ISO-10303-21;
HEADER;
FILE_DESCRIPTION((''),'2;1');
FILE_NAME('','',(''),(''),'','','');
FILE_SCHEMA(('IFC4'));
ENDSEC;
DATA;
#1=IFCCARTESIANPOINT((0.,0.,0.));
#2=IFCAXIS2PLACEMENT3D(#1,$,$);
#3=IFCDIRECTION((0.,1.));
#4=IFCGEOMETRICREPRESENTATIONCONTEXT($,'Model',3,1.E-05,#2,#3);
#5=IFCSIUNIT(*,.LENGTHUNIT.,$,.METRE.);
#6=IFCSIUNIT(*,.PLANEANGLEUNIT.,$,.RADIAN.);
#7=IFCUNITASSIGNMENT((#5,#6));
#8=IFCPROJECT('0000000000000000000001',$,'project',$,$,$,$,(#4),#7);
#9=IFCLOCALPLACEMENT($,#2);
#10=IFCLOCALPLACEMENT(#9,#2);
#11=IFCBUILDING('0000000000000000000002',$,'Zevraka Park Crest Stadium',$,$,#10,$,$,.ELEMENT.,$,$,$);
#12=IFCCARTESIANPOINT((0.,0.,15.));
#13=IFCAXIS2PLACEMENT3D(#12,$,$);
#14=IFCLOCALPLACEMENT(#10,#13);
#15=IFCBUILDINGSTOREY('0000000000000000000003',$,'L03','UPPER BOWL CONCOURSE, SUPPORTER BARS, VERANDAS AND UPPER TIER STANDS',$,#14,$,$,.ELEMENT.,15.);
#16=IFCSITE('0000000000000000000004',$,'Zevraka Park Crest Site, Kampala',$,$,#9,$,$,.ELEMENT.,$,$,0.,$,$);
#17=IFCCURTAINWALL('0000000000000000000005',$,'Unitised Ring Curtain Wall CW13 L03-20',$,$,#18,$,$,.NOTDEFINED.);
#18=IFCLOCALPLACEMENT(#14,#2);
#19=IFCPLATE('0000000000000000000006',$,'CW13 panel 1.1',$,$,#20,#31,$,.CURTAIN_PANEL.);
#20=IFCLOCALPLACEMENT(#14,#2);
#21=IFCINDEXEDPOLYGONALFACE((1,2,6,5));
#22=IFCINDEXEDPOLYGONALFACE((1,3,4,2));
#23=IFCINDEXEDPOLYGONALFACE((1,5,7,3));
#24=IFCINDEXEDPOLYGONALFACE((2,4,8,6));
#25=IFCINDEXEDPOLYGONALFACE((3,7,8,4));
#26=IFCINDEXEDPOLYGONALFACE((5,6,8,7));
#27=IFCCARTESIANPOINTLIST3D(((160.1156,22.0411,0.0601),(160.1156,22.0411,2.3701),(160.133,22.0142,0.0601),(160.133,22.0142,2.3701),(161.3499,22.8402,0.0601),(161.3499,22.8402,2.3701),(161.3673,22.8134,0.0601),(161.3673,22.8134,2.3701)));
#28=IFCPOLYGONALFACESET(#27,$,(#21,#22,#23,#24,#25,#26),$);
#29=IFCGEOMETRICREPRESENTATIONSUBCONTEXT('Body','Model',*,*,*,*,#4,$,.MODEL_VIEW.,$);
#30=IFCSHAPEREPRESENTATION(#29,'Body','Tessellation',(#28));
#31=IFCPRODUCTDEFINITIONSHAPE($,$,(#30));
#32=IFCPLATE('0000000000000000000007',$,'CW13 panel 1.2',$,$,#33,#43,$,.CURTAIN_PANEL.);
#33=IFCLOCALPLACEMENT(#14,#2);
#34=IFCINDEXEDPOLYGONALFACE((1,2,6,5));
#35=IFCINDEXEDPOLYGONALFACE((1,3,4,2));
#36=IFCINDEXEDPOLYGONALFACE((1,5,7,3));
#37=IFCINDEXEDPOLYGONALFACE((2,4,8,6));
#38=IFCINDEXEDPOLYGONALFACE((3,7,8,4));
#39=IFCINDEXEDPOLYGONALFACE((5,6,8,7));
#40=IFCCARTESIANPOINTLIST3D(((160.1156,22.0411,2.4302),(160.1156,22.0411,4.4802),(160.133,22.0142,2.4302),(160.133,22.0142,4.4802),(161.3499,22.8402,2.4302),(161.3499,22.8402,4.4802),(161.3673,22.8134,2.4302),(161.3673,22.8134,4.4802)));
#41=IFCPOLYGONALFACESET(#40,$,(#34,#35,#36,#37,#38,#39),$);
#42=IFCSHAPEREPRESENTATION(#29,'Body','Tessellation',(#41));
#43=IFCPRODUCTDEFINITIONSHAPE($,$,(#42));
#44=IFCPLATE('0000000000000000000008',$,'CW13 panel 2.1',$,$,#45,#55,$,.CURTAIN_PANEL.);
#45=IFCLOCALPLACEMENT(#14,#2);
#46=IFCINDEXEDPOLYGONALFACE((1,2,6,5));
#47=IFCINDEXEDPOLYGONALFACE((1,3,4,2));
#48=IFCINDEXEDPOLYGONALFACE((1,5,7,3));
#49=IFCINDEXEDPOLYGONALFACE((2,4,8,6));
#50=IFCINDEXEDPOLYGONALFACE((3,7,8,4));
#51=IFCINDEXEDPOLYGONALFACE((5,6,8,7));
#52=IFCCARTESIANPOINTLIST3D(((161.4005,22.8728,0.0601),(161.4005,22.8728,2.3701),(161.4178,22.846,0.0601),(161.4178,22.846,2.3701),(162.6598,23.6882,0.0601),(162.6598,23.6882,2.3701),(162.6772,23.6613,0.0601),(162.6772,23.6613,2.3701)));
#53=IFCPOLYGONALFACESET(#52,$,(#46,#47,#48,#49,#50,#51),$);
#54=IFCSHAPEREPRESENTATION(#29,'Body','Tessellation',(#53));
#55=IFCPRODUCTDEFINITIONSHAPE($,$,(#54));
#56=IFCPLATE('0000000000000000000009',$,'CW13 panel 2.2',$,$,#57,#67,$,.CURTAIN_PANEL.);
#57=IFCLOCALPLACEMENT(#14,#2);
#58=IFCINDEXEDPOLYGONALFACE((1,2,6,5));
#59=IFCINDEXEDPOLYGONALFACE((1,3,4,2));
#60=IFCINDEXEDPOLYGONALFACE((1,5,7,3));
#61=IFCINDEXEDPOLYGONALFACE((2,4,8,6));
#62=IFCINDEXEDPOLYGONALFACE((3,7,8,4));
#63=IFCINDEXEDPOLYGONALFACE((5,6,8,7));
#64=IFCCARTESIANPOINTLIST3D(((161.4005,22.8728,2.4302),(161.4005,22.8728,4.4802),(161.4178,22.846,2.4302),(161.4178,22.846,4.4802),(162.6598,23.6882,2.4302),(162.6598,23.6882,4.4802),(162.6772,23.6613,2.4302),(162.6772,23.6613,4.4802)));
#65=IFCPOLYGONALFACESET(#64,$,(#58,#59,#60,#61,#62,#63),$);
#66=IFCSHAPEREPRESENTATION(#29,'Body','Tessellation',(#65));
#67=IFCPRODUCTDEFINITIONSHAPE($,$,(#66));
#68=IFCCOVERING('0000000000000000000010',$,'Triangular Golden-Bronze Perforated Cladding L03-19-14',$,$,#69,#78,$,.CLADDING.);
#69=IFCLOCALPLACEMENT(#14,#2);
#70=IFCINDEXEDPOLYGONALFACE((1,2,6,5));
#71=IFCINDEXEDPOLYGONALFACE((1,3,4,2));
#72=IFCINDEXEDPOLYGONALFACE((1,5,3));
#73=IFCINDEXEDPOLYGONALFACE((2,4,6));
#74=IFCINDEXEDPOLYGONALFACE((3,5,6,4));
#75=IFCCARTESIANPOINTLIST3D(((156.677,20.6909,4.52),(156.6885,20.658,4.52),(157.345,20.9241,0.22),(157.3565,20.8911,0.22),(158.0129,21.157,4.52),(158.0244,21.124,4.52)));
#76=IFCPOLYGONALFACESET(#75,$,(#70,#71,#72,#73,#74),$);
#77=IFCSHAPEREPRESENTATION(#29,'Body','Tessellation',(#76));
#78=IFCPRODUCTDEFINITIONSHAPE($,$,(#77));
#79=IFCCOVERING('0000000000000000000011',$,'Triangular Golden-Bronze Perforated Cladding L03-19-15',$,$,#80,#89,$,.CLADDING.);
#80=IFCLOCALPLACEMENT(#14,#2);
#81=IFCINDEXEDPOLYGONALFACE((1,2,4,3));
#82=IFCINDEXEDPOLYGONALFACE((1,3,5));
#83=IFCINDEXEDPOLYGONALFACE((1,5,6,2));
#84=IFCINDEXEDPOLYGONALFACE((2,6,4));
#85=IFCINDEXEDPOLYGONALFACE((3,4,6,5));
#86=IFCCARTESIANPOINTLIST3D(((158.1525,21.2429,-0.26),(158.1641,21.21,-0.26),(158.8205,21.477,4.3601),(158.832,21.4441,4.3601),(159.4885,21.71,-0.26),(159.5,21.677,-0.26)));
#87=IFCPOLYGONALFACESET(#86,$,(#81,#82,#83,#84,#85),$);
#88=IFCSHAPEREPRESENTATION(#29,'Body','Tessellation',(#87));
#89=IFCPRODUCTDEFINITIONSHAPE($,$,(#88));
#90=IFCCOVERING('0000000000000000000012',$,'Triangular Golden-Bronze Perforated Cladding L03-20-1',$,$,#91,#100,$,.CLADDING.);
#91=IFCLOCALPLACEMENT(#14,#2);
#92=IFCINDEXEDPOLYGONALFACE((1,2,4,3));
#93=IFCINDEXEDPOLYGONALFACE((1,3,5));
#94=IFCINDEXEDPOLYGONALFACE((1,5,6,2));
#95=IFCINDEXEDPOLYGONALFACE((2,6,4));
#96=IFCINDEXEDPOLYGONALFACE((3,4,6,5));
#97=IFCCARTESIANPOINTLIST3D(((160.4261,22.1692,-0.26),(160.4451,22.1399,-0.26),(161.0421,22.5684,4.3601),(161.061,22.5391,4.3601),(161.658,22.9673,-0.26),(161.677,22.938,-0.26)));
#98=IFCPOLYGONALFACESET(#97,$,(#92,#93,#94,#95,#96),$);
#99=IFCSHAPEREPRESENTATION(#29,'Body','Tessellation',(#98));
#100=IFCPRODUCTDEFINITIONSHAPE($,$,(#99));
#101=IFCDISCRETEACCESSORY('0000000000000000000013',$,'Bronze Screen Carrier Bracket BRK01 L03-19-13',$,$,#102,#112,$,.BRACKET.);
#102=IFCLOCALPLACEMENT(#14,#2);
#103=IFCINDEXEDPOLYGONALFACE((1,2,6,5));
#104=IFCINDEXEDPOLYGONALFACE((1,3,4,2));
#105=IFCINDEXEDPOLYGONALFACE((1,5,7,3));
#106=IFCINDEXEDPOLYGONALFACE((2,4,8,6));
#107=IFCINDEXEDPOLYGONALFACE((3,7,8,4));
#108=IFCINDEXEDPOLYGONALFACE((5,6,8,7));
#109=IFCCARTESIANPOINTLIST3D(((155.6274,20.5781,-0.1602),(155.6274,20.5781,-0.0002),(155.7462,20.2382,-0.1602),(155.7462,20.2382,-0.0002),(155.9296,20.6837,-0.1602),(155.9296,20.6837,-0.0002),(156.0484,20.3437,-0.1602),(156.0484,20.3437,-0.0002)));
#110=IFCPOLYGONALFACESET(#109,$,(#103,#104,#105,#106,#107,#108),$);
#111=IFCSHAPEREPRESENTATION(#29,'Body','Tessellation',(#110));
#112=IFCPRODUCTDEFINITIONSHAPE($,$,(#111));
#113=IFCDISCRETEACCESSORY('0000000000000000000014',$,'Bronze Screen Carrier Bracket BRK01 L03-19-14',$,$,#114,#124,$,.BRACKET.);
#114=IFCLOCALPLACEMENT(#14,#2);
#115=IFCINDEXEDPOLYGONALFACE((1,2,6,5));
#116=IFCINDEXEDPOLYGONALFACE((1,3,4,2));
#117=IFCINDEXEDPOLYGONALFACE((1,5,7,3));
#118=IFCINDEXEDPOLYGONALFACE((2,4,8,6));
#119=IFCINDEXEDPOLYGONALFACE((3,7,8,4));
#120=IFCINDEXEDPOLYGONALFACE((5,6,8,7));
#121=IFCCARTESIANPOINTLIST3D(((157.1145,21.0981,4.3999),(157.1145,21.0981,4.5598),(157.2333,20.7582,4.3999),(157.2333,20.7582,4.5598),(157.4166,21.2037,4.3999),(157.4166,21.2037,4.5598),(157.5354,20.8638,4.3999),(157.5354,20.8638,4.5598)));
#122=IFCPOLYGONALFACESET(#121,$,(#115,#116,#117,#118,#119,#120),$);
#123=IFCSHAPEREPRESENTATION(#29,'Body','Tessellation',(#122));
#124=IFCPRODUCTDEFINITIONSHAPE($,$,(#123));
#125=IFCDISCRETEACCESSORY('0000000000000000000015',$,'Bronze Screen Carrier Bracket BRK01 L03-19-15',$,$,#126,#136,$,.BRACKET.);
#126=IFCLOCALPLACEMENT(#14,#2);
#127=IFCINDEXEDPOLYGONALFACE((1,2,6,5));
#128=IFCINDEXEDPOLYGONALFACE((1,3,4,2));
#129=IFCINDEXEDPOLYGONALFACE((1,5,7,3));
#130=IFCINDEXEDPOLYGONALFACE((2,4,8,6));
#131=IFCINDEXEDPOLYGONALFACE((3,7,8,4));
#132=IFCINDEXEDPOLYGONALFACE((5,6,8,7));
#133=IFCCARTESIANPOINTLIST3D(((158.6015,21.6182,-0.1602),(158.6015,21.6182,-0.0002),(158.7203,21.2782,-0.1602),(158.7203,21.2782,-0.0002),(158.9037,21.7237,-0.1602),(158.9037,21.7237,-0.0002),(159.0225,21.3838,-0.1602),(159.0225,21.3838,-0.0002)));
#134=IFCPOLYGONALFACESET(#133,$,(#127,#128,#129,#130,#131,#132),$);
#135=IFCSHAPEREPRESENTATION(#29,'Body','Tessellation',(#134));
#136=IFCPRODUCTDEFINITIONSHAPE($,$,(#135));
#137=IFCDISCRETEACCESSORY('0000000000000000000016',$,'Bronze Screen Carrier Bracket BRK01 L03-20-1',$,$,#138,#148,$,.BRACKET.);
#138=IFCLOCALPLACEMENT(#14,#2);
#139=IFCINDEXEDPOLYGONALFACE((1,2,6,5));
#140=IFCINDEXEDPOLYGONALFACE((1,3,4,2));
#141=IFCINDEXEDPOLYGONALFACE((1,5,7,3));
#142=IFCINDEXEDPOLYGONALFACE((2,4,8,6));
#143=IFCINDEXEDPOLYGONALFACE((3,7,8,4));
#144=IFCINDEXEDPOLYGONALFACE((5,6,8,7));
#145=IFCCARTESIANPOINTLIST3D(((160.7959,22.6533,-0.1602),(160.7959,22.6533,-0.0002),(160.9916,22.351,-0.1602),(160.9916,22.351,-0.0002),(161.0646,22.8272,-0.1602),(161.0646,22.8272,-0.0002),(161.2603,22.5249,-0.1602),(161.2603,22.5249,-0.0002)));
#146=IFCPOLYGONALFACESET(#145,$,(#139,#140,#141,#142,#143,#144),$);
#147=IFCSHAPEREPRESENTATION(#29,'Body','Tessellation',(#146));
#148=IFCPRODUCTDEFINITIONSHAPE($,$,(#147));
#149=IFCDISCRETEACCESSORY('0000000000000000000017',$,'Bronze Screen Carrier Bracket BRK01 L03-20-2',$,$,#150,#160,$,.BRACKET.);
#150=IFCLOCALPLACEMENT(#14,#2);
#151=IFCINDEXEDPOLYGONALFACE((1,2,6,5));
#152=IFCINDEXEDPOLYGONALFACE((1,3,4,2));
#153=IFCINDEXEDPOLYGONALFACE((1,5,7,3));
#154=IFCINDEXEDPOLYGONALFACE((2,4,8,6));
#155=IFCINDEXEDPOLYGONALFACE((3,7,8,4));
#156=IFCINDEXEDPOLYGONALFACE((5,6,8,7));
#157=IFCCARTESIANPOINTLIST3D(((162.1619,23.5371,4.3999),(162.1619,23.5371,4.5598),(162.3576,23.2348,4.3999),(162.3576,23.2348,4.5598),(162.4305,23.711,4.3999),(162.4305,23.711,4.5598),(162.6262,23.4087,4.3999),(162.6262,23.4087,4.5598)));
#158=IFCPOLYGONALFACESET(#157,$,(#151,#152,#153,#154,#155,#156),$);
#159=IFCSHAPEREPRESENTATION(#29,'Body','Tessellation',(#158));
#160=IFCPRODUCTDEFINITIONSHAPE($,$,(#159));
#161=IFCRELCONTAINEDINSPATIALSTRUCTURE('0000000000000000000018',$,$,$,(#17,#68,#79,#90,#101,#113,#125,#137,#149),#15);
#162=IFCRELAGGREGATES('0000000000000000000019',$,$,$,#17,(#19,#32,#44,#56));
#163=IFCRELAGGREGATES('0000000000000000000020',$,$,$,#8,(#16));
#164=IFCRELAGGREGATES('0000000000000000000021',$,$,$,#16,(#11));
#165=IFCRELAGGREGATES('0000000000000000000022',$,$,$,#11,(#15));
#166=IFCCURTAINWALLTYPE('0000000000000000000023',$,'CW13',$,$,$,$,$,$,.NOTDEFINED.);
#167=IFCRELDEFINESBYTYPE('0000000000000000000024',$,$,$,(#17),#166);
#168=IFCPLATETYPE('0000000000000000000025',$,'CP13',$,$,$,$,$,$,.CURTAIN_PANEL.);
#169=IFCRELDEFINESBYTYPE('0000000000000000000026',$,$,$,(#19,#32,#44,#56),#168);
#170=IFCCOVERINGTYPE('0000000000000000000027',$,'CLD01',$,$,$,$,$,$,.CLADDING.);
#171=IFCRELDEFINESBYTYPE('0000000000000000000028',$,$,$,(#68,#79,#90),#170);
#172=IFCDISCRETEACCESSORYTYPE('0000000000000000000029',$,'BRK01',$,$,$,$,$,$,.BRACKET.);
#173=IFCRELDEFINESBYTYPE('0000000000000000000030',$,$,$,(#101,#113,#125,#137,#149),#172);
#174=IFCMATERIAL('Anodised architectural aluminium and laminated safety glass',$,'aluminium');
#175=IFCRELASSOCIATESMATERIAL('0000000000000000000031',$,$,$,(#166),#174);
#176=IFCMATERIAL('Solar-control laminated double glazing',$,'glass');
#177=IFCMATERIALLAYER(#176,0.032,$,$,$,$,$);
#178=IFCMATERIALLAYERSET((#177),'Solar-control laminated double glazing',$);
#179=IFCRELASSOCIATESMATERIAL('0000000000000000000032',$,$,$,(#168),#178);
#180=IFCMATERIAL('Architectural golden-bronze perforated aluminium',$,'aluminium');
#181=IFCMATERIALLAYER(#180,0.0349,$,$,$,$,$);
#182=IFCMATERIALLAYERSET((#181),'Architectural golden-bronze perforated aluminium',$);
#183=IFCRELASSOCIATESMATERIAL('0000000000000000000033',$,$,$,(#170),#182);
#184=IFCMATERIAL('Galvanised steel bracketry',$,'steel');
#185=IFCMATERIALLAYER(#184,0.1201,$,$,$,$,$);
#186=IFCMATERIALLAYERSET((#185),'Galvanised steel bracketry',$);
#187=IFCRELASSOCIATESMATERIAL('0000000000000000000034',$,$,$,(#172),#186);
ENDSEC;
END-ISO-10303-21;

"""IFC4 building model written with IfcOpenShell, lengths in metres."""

from ifc_helpers import new_model, si_unit, direction, frame, origin, origin_2d, place, context, subcontext, project, spatial, polyline, rectangle, outline, extrude, material, layer, layer_set, type_object, element, aggregate, save


model = new_model("IFC4")

# Units and contexts
model_context = context("Model", 3, precision=1e-05, world=origin(), true_north=direction((0.0, 1.0)))
body_context = subcontext(model_context, "Body", "Model", "MODEL_VIEW")
ifc_project = project(units=[si_unit("LENGTHUNIT", "METRE"), si_unit("PLANEANGLEUNIT", "RADIAN")], contexts=[model_context])

# Site, building, storey
site_placement = place(None, origin())
site = spatial("IfcSite", under=ifc_project, at=site_placement, Name="Zevraka Park Crest Site, Kampala", CompositionType="ELEMENT", RefElevation=0.0)
building_placement = place(site_placement, origin())
building = spatial("IfcBuilding", under=site, at=building_placement, Name="Zevraka Park Crest Stadium", CompositionType="ELEMENT")
storey_placement = place(building_placement, frame((0.0, 0.0, 15.0)))
storey = spatial("IfcBuildingStorey", under=building, at=storey_placement, Name="L03", Description="UPPER BOWL CONCOURSE, SUPPORTER BARS, VERANDAS AND UPPER TIER STANDS", CompositionType="ELEMENT", Elevation=15.0)

# Curtain wall
ifc_material_1 = material(Name="Anodised architectural aluminium and laminated safety glass", Category="aluminium")
curtain_wall_type_1 = type_object("IfcCurtainWallType", Name="CW13", PredefinedType="NOTDEFINED", material=ifc_material_1)
curtain_wall_1_placement = place(storey_placement, origin())
curtain_wall_1 = element("IfcCurtainWall", 1, at=curtain_wall_1_placement, inside=storey, type_object=curtain_wall_type_1, Name="Unitised Ring Curtain Wall CW13 L03-20", PredefinedType="NOTDEFINED")

# Plates
ifc_material_2 = material(Name="Solar-control laminated double glazing", Category="glass")
ifc_layer_1 = layer(ifc_material_2, 0.032)
ifc_layer_set_1 = layer_set([ifc_layer_1], Name="Solar-control laminated double glazing")
plate_type_1 = type_object("IfcPlateType", Name="CP13", PredefinedType="CURTAIN_PANEL", material=ifc_layer_set_1)
plate_1_placement = place(storey_placement, frame((160.7415, 22.4272, 0.0601), z_axis=(0.0, 0.0, 1.0), x_axis=(0.839429, 0.543469, 0.0)))
plate_1 = element("IfcPlate", 2, at=plate_1_placement, type_object=plate_type_1, Name="CW13 panel 1.1", PredefinedType="CURTAIN_PANEL", context=body_context, shape_type="SweptSolid", body=[
    extrude(rectangle(XDim=1.4705, YDim=0.032, at=origin_2d()), origin(), (0.0, 0.0, 1.0), 2.3101),
])
plate_2_placement = place(storey_placement, frame((160.7415, 22.4272, 2.4302), z_axis=(0.0, 0.0, 1.0), x_axis=(0.839429, 0.543469, 0.0)))
plate_2 = element("IfcPlate", 3, at=plate_2_placement, type_object=plate_type_1, Name="CW13 panel 1.2", PredefinedType="CURTAIN_PANEL", context=body_context, shape_type="SweptSolid", body=[
    extrude(rectangle(XDim=1.4705, YDim=0.032, at=origin_2d()), origin(), (0.0, 0.0, 1.0), 2.05),
])
plate_3_placement = place(storey_placement, frame((162.0388, 23.2671, 0.0601), z_axis=(0.0, 0.0, 1.0), x_axis=(0.839429, 0.543469, 0.0)))
plate_3 = element("IfcPlate", 4, at=plate_3_placement, type_object=plate_type_1, Name="CW13 panel 2.1", PredefinedType="CURTAIN_PANEL", context=body_context, shape_type="SweptSolid", body=[
    extrude(rectangle(XDim=1.5002, YDim=0.032, at=origin_2d()), origin(), (0.0, 0.0, 1.0), 2.3101),
])
plate_4_placement = place(storey_placement, frame((162.0388, 23.2671, 2.4302), z_axis=(0.0, 0.0, 1.0), x_axis=(0.839429, 0.543469, 0.0)))
plate_4 = element("IfcPlate", 5, at=plate_4_placement, type_object=plate_type_1, Name="CW13 panel 2.2", PredefinedType="CURTAIN_PANEL", context=body_context, shape_type="SweptSolid", body=[
    extrude(rectangle(XDim=1.5002, YDim=0.032, at=origin_2d()), origin(), (0.0, 0.0, 1.0), 2.05),
])
aggregate(curtain_wall_1, [plate_1, plate_2, plate_3, plate_4])

# Coverings
ifc_material_3 = material(Name="Architectural golden-bronze perforated aluminium", Category="aluminium")
ifc_layer_2 = layer(ifc_material_3, 0.0349)
ifc_layer_set_2 = layer_set([ifc_layer_2], Name="Architectural golden-bronze perforated aluminium")
covering_type = type_object("IfcCoveringType", Name="CLD01", PredefinedType="CLADDING", material=ifc_layer_set_2)
covering_1_placement = place(storey_placement, frame((158.0129, 21.157, 4.52), z_axis=(-0.329397, 0.944191, 0.000027), x_axis=(-0.944191, -0.329397, 0.0)))
element("IfcCovering", 6, at=covering_1_placement, inside=storey, type_object=covering_type, Name="Triangular Golden-Bronze Perforated Cladding L03-19-14", PredefinedType="CLADDING", context=body_context, shape_type="SweptSolid", body=[
    extrude(outline(polyline([(0.0, 0.0), (1.4149, 0.0), (0.7074, -4.3), (0.0, 0.0)])), origin(), (0.0, 0.0, -1.0), 0.0349),
])
covering_2_placement = place(storey_placement, frame((158.1641, 21.21, -0.26), z_axis=(0.330012, -0.943977, 0.000125), x_axis=(0.943977, 0.330012, 0.0)))
element("IfcCovering", 7, at=covering_2_placement, inside=storey, type_object=covering_type, Name="Triangular Golden-Bronze Perforated Cladding L03-19-15", PredefinedType="CLADDING", context=body_context, shape_type="SweptSolid", body=[
    extrude(outline(polyline([(0.0, 0.0), (1.4152, 0.0), (0.7078, 4.6201), (0.0, 0.0)])), origin(), (0.0, 0.0, -1.0), 0.0349),
])
covering_3_placement = place(storey_placement, frame((160.4451, 22.1399, -0.26), z_axis=(0.543713, -0.839271, 0.000022), x_axis=(0.839271, 0.543713, 0.0)))
element("IfcCovering", 8, at=covering_3_placement, inside=storey, type_object=covering_type, Name="Triangular Golden-Bronze Perforated Cladding L03-20-1", PredefinedType="CLADDING", context=body_context, shape_type="SweptSolid", body=[
    extrude(outline(polyline([(0.0, 0.0), (1.4679, 0.0), (0.734, 4.6201), (0.0, 0.0)])), origin(), (0.0, 0.0, -1.0), 0.0349),
])

# Discrete accessories
ifc_material_4 = material(Name="Galvanised steel bracketry", Category="steel")
ifc_layer_3 = layer(ifc_material_4, 0.1201)
ifc_layer_set_3 = layer_set([ifc_layer_3], Name="Galvanised steel bracketry")
discrete_accessory_type = type_object("IfcDiscreteAccessoryType", Name="BRK01", PredefinedType="BRACKET", material=ifc_layer_set_3)
for number, where, z_axis, x_axis, name in (
    (9, (155.8379, 20.4609, -0.1602), (0.0, 0.0, 1.0), (0.944031, 0.329855, 0.0), "Bronze Screen Carrier Bracket BRK01 L03-19-13"),
    (10, (157.325, 20.981, 4.3999), (0.0, 0.0, 1.0), (0.944031, 0.329855, 0.0), "Bronze Screen Carrier Bracket BRK01 L03-19-14"),
    (11, (158.812, 21.501, -0.1602), (0.0, 0.0, 1.0), (0.944031, 0.329855, 0.0), "Bronze Screen Carrier Bracket BRK01 L03-19-15"),
    (12, (161.0281, 22.5891, -0.1602), (0.0, 0.0, 1.0), (0.83943, 0.543467, 0.0), "Bronze Screen Carrier Bracket BRK01 L03-20-1"),
    (13, (162.394, 23.4729, 4.3999), (0.0, 0.0, 1.0), (0.83943, 0.543467, 0.0), "Bronze Screen Carrier Bracket BRK01 L03-20-2"),
):
    element("IfcDiscreteAccessory", number, at=place(storey_placement, frame(where, z_axis=z_axis, x_axis=x_axis)), inside=storey, type_object=discrete_accessory_type, Name=name, PredefinedType="BRACKET", context=body_context, shape_type="SweptSolid", body=[
        extrude(rectangle(XDim=0.3201, YDim=0.3601, at=origin_2d()), origin(), (0.0, 0.0, 1.0), 0.1599),
    ])

save(model, "model.ifc")
